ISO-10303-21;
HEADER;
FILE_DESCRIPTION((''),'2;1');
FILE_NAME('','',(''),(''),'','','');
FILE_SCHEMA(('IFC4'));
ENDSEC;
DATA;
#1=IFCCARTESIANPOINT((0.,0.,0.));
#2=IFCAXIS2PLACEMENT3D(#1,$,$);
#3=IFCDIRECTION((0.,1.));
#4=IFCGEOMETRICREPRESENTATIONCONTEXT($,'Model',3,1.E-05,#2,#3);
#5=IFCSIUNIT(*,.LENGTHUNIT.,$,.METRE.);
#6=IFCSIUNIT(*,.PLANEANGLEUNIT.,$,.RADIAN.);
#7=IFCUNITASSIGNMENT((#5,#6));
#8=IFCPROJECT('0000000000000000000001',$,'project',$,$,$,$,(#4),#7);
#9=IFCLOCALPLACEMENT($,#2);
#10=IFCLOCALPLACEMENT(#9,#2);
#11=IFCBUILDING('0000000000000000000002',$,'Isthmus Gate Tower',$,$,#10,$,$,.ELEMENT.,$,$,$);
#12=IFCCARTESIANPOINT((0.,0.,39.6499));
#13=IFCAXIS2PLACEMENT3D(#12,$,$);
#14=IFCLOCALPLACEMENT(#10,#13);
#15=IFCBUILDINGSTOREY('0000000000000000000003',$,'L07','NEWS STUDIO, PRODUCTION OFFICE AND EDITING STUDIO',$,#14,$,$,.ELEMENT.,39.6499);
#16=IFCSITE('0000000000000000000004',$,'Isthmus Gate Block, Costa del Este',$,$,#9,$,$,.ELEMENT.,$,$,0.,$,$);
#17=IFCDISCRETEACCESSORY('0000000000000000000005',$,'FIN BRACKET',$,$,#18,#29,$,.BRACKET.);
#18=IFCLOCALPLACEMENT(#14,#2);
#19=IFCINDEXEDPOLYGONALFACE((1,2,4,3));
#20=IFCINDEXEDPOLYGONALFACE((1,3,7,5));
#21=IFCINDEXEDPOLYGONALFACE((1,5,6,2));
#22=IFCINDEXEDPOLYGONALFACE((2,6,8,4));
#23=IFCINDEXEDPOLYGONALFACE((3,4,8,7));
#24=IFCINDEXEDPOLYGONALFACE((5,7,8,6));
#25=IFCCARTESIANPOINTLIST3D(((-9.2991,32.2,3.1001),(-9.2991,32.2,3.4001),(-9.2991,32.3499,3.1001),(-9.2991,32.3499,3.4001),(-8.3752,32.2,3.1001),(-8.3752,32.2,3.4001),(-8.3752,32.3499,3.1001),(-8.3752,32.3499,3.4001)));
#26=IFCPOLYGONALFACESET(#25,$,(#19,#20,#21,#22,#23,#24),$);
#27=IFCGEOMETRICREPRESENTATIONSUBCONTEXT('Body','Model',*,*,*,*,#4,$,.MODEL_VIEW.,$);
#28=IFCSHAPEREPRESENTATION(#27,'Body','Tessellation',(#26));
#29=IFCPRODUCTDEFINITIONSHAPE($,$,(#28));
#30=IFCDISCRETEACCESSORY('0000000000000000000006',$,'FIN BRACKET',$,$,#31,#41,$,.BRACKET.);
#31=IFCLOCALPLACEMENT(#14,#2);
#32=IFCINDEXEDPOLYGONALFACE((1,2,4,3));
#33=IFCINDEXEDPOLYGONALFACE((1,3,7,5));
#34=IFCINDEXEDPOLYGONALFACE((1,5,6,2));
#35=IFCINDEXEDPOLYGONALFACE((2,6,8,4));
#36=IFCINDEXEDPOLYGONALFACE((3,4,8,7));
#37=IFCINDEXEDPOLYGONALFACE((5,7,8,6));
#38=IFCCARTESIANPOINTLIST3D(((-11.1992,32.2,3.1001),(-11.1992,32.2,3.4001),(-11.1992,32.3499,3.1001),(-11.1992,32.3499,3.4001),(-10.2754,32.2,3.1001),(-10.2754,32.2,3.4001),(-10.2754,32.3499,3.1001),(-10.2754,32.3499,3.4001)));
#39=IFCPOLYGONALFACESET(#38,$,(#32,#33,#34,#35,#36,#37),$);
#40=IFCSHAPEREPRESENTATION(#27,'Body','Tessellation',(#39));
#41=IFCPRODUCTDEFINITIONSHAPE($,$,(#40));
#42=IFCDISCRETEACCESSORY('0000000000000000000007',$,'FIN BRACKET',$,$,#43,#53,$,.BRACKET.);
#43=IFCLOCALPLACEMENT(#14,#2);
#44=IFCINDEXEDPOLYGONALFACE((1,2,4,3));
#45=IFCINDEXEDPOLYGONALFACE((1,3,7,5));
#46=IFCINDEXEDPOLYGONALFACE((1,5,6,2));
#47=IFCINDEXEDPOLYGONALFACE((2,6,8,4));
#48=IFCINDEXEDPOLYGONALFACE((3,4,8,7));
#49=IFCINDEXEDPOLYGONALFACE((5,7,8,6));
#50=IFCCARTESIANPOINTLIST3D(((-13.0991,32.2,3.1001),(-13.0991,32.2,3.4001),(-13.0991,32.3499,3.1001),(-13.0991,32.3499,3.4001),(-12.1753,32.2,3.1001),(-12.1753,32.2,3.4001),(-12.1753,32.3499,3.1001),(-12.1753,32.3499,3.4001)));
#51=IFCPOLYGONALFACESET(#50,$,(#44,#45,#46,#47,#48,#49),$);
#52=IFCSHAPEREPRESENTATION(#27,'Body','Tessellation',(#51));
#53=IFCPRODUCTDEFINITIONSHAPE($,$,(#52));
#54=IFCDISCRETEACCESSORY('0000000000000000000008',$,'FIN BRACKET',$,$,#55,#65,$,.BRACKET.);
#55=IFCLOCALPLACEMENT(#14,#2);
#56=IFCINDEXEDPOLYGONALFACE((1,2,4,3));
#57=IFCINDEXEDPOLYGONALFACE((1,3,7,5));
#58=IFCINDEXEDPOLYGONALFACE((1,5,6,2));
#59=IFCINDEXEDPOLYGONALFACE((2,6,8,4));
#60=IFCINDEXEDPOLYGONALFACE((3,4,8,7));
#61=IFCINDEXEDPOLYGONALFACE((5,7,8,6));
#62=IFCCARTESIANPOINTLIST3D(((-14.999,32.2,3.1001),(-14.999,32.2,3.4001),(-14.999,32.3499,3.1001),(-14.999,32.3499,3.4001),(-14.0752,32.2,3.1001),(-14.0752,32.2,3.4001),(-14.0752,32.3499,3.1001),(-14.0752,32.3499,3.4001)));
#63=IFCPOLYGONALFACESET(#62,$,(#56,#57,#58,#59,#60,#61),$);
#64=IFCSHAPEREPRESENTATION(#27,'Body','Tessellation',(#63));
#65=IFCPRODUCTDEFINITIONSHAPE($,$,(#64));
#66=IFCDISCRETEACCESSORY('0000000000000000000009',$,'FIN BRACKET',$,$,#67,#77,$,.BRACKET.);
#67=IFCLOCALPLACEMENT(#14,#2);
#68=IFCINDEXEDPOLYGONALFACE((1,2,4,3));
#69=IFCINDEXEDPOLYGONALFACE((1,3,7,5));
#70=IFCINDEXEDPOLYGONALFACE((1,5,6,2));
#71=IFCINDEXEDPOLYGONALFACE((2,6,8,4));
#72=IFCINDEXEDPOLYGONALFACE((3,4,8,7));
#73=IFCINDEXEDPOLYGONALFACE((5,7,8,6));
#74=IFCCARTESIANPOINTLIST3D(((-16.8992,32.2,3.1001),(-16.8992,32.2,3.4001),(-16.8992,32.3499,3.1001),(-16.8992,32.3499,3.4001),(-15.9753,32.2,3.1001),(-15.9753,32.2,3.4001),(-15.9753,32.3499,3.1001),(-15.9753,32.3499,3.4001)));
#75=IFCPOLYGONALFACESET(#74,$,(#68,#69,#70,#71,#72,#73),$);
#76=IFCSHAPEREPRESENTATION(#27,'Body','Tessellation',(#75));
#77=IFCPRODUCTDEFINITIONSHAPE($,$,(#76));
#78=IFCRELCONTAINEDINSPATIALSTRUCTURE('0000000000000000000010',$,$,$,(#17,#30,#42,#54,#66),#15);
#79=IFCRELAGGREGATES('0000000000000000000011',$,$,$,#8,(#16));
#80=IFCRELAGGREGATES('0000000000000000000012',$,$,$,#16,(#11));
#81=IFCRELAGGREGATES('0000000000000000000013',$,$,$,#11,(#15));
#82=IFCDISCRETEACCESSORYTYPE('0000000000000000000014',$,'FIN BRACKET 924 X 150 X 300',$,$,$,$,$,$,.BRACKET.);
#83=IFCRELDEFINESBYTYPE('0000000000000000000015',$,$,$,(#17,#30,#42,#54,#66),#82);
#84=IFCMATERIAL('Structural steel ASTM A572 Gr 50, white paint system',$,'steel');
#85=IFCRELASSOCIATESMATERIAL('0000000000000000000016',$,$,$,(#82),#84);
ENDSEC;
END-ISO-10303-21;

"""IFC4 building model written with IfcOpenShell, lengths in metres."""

from ifc_helpers import new_model, si_unit, direction, frame, origin, origin_2d, place, context, subcontext, project, spatial, rectangle, extrude, material, type_object, element, save


model = new_model("IFC4")

# Units and contexts
model_context = context("Model", 3, precision=1e-05, world=origin(), true_north=direction((0.0, 1.0)))
body_context = subcontext(model_context, "Body", "Model", "MODEL_VIEW")
ifc_project = project(units=[si_unit("LENGTHUNIT", "METRE"), si_unit("PLANEANGLEUNIT", "RADIAN")], contexts=[model_context])

# Site, building, storey
site_placement = place(None, origin())
site = spatial("IfcSite", under=ifc_project, at=site_placement, Name="Isthmus Gate Block, Costa del Este", CompositionType="ELEMENT", RefElevation=0.0)
building_placement = place(site_placement, origin())
building = spatial("IfcBuilding", under=site, at=building_placement, Name="Isthmus Gate Tower", CompositionType="ELEMENT")
storey_placement = place(building_placement, frame((0.0, 0.0, 39.6499)))
storey = spatial("IfcBuildingStorey", under=building, at=storey_placement, Name="L07", Description="NEWS STUDIO, PRODUCTION OFFICE AND EDITING STUDIO", CompositionType="ELEMENT", Elevation=39.6499)

# Discrete accessories
ifc_material_1 = material(Name="Structural steel ASTM A572 Gr 50, white paint system", Category="steel")
discrete_accessory_type = type_object("IfcDiscreteAccessoryType", Name="FIN BRACKET 924 X 150 X 300", PredefinedType="BRACKET", material=ifc_material_1)
for number, where, z_axis, x_axis, name in (
    (1, (-8.8372, 32.2749, 3.1001), (0.0, 0.0, 1.0), (0.0, 1.0, 0.0), "FIN BRACKET"),
    (2, (-10.7373, 32.2749, 3.1001), (0.0, 0.0, 1.0), (0.0, 1.0, 0.0), "FIN BRACKET"),
    (3, (-12.6372, 32.2749, 3.1001), (0.0, 0.0, 1.0), (0.0, 1.0, 0.0), "FIN BRACKET"),
    (4, (-14.5371, 32.2749, 3.1001), (0.0, 0.0, 1.0), (0.0, 1.0, 0.0), "FIN BRACKET"),
    (5, (-16.4373, 32.2749, 3.1001), (0.0, 0.0, 1.0), (0.0, 1.0, 0.0), "FIN BRACKET"),
):
    element("IfcDiscreteAccessory", number, at=place(storey_placement, frame(where, z_axis=z_axis, x_axis=x_axis)), inside=storey, type_object=discrete_accessory_type, Name=name, PredefinedType="BRACKET", context=body_context, shape_type="SweptSolid", body=[
        extrude(rectangle(XDim=0.1499, YDim=0.9238, at=origin_2d()), origin(), (0.0, 0.0, 1.0), 0.3),
    ])

save(model, "model.ifc")
